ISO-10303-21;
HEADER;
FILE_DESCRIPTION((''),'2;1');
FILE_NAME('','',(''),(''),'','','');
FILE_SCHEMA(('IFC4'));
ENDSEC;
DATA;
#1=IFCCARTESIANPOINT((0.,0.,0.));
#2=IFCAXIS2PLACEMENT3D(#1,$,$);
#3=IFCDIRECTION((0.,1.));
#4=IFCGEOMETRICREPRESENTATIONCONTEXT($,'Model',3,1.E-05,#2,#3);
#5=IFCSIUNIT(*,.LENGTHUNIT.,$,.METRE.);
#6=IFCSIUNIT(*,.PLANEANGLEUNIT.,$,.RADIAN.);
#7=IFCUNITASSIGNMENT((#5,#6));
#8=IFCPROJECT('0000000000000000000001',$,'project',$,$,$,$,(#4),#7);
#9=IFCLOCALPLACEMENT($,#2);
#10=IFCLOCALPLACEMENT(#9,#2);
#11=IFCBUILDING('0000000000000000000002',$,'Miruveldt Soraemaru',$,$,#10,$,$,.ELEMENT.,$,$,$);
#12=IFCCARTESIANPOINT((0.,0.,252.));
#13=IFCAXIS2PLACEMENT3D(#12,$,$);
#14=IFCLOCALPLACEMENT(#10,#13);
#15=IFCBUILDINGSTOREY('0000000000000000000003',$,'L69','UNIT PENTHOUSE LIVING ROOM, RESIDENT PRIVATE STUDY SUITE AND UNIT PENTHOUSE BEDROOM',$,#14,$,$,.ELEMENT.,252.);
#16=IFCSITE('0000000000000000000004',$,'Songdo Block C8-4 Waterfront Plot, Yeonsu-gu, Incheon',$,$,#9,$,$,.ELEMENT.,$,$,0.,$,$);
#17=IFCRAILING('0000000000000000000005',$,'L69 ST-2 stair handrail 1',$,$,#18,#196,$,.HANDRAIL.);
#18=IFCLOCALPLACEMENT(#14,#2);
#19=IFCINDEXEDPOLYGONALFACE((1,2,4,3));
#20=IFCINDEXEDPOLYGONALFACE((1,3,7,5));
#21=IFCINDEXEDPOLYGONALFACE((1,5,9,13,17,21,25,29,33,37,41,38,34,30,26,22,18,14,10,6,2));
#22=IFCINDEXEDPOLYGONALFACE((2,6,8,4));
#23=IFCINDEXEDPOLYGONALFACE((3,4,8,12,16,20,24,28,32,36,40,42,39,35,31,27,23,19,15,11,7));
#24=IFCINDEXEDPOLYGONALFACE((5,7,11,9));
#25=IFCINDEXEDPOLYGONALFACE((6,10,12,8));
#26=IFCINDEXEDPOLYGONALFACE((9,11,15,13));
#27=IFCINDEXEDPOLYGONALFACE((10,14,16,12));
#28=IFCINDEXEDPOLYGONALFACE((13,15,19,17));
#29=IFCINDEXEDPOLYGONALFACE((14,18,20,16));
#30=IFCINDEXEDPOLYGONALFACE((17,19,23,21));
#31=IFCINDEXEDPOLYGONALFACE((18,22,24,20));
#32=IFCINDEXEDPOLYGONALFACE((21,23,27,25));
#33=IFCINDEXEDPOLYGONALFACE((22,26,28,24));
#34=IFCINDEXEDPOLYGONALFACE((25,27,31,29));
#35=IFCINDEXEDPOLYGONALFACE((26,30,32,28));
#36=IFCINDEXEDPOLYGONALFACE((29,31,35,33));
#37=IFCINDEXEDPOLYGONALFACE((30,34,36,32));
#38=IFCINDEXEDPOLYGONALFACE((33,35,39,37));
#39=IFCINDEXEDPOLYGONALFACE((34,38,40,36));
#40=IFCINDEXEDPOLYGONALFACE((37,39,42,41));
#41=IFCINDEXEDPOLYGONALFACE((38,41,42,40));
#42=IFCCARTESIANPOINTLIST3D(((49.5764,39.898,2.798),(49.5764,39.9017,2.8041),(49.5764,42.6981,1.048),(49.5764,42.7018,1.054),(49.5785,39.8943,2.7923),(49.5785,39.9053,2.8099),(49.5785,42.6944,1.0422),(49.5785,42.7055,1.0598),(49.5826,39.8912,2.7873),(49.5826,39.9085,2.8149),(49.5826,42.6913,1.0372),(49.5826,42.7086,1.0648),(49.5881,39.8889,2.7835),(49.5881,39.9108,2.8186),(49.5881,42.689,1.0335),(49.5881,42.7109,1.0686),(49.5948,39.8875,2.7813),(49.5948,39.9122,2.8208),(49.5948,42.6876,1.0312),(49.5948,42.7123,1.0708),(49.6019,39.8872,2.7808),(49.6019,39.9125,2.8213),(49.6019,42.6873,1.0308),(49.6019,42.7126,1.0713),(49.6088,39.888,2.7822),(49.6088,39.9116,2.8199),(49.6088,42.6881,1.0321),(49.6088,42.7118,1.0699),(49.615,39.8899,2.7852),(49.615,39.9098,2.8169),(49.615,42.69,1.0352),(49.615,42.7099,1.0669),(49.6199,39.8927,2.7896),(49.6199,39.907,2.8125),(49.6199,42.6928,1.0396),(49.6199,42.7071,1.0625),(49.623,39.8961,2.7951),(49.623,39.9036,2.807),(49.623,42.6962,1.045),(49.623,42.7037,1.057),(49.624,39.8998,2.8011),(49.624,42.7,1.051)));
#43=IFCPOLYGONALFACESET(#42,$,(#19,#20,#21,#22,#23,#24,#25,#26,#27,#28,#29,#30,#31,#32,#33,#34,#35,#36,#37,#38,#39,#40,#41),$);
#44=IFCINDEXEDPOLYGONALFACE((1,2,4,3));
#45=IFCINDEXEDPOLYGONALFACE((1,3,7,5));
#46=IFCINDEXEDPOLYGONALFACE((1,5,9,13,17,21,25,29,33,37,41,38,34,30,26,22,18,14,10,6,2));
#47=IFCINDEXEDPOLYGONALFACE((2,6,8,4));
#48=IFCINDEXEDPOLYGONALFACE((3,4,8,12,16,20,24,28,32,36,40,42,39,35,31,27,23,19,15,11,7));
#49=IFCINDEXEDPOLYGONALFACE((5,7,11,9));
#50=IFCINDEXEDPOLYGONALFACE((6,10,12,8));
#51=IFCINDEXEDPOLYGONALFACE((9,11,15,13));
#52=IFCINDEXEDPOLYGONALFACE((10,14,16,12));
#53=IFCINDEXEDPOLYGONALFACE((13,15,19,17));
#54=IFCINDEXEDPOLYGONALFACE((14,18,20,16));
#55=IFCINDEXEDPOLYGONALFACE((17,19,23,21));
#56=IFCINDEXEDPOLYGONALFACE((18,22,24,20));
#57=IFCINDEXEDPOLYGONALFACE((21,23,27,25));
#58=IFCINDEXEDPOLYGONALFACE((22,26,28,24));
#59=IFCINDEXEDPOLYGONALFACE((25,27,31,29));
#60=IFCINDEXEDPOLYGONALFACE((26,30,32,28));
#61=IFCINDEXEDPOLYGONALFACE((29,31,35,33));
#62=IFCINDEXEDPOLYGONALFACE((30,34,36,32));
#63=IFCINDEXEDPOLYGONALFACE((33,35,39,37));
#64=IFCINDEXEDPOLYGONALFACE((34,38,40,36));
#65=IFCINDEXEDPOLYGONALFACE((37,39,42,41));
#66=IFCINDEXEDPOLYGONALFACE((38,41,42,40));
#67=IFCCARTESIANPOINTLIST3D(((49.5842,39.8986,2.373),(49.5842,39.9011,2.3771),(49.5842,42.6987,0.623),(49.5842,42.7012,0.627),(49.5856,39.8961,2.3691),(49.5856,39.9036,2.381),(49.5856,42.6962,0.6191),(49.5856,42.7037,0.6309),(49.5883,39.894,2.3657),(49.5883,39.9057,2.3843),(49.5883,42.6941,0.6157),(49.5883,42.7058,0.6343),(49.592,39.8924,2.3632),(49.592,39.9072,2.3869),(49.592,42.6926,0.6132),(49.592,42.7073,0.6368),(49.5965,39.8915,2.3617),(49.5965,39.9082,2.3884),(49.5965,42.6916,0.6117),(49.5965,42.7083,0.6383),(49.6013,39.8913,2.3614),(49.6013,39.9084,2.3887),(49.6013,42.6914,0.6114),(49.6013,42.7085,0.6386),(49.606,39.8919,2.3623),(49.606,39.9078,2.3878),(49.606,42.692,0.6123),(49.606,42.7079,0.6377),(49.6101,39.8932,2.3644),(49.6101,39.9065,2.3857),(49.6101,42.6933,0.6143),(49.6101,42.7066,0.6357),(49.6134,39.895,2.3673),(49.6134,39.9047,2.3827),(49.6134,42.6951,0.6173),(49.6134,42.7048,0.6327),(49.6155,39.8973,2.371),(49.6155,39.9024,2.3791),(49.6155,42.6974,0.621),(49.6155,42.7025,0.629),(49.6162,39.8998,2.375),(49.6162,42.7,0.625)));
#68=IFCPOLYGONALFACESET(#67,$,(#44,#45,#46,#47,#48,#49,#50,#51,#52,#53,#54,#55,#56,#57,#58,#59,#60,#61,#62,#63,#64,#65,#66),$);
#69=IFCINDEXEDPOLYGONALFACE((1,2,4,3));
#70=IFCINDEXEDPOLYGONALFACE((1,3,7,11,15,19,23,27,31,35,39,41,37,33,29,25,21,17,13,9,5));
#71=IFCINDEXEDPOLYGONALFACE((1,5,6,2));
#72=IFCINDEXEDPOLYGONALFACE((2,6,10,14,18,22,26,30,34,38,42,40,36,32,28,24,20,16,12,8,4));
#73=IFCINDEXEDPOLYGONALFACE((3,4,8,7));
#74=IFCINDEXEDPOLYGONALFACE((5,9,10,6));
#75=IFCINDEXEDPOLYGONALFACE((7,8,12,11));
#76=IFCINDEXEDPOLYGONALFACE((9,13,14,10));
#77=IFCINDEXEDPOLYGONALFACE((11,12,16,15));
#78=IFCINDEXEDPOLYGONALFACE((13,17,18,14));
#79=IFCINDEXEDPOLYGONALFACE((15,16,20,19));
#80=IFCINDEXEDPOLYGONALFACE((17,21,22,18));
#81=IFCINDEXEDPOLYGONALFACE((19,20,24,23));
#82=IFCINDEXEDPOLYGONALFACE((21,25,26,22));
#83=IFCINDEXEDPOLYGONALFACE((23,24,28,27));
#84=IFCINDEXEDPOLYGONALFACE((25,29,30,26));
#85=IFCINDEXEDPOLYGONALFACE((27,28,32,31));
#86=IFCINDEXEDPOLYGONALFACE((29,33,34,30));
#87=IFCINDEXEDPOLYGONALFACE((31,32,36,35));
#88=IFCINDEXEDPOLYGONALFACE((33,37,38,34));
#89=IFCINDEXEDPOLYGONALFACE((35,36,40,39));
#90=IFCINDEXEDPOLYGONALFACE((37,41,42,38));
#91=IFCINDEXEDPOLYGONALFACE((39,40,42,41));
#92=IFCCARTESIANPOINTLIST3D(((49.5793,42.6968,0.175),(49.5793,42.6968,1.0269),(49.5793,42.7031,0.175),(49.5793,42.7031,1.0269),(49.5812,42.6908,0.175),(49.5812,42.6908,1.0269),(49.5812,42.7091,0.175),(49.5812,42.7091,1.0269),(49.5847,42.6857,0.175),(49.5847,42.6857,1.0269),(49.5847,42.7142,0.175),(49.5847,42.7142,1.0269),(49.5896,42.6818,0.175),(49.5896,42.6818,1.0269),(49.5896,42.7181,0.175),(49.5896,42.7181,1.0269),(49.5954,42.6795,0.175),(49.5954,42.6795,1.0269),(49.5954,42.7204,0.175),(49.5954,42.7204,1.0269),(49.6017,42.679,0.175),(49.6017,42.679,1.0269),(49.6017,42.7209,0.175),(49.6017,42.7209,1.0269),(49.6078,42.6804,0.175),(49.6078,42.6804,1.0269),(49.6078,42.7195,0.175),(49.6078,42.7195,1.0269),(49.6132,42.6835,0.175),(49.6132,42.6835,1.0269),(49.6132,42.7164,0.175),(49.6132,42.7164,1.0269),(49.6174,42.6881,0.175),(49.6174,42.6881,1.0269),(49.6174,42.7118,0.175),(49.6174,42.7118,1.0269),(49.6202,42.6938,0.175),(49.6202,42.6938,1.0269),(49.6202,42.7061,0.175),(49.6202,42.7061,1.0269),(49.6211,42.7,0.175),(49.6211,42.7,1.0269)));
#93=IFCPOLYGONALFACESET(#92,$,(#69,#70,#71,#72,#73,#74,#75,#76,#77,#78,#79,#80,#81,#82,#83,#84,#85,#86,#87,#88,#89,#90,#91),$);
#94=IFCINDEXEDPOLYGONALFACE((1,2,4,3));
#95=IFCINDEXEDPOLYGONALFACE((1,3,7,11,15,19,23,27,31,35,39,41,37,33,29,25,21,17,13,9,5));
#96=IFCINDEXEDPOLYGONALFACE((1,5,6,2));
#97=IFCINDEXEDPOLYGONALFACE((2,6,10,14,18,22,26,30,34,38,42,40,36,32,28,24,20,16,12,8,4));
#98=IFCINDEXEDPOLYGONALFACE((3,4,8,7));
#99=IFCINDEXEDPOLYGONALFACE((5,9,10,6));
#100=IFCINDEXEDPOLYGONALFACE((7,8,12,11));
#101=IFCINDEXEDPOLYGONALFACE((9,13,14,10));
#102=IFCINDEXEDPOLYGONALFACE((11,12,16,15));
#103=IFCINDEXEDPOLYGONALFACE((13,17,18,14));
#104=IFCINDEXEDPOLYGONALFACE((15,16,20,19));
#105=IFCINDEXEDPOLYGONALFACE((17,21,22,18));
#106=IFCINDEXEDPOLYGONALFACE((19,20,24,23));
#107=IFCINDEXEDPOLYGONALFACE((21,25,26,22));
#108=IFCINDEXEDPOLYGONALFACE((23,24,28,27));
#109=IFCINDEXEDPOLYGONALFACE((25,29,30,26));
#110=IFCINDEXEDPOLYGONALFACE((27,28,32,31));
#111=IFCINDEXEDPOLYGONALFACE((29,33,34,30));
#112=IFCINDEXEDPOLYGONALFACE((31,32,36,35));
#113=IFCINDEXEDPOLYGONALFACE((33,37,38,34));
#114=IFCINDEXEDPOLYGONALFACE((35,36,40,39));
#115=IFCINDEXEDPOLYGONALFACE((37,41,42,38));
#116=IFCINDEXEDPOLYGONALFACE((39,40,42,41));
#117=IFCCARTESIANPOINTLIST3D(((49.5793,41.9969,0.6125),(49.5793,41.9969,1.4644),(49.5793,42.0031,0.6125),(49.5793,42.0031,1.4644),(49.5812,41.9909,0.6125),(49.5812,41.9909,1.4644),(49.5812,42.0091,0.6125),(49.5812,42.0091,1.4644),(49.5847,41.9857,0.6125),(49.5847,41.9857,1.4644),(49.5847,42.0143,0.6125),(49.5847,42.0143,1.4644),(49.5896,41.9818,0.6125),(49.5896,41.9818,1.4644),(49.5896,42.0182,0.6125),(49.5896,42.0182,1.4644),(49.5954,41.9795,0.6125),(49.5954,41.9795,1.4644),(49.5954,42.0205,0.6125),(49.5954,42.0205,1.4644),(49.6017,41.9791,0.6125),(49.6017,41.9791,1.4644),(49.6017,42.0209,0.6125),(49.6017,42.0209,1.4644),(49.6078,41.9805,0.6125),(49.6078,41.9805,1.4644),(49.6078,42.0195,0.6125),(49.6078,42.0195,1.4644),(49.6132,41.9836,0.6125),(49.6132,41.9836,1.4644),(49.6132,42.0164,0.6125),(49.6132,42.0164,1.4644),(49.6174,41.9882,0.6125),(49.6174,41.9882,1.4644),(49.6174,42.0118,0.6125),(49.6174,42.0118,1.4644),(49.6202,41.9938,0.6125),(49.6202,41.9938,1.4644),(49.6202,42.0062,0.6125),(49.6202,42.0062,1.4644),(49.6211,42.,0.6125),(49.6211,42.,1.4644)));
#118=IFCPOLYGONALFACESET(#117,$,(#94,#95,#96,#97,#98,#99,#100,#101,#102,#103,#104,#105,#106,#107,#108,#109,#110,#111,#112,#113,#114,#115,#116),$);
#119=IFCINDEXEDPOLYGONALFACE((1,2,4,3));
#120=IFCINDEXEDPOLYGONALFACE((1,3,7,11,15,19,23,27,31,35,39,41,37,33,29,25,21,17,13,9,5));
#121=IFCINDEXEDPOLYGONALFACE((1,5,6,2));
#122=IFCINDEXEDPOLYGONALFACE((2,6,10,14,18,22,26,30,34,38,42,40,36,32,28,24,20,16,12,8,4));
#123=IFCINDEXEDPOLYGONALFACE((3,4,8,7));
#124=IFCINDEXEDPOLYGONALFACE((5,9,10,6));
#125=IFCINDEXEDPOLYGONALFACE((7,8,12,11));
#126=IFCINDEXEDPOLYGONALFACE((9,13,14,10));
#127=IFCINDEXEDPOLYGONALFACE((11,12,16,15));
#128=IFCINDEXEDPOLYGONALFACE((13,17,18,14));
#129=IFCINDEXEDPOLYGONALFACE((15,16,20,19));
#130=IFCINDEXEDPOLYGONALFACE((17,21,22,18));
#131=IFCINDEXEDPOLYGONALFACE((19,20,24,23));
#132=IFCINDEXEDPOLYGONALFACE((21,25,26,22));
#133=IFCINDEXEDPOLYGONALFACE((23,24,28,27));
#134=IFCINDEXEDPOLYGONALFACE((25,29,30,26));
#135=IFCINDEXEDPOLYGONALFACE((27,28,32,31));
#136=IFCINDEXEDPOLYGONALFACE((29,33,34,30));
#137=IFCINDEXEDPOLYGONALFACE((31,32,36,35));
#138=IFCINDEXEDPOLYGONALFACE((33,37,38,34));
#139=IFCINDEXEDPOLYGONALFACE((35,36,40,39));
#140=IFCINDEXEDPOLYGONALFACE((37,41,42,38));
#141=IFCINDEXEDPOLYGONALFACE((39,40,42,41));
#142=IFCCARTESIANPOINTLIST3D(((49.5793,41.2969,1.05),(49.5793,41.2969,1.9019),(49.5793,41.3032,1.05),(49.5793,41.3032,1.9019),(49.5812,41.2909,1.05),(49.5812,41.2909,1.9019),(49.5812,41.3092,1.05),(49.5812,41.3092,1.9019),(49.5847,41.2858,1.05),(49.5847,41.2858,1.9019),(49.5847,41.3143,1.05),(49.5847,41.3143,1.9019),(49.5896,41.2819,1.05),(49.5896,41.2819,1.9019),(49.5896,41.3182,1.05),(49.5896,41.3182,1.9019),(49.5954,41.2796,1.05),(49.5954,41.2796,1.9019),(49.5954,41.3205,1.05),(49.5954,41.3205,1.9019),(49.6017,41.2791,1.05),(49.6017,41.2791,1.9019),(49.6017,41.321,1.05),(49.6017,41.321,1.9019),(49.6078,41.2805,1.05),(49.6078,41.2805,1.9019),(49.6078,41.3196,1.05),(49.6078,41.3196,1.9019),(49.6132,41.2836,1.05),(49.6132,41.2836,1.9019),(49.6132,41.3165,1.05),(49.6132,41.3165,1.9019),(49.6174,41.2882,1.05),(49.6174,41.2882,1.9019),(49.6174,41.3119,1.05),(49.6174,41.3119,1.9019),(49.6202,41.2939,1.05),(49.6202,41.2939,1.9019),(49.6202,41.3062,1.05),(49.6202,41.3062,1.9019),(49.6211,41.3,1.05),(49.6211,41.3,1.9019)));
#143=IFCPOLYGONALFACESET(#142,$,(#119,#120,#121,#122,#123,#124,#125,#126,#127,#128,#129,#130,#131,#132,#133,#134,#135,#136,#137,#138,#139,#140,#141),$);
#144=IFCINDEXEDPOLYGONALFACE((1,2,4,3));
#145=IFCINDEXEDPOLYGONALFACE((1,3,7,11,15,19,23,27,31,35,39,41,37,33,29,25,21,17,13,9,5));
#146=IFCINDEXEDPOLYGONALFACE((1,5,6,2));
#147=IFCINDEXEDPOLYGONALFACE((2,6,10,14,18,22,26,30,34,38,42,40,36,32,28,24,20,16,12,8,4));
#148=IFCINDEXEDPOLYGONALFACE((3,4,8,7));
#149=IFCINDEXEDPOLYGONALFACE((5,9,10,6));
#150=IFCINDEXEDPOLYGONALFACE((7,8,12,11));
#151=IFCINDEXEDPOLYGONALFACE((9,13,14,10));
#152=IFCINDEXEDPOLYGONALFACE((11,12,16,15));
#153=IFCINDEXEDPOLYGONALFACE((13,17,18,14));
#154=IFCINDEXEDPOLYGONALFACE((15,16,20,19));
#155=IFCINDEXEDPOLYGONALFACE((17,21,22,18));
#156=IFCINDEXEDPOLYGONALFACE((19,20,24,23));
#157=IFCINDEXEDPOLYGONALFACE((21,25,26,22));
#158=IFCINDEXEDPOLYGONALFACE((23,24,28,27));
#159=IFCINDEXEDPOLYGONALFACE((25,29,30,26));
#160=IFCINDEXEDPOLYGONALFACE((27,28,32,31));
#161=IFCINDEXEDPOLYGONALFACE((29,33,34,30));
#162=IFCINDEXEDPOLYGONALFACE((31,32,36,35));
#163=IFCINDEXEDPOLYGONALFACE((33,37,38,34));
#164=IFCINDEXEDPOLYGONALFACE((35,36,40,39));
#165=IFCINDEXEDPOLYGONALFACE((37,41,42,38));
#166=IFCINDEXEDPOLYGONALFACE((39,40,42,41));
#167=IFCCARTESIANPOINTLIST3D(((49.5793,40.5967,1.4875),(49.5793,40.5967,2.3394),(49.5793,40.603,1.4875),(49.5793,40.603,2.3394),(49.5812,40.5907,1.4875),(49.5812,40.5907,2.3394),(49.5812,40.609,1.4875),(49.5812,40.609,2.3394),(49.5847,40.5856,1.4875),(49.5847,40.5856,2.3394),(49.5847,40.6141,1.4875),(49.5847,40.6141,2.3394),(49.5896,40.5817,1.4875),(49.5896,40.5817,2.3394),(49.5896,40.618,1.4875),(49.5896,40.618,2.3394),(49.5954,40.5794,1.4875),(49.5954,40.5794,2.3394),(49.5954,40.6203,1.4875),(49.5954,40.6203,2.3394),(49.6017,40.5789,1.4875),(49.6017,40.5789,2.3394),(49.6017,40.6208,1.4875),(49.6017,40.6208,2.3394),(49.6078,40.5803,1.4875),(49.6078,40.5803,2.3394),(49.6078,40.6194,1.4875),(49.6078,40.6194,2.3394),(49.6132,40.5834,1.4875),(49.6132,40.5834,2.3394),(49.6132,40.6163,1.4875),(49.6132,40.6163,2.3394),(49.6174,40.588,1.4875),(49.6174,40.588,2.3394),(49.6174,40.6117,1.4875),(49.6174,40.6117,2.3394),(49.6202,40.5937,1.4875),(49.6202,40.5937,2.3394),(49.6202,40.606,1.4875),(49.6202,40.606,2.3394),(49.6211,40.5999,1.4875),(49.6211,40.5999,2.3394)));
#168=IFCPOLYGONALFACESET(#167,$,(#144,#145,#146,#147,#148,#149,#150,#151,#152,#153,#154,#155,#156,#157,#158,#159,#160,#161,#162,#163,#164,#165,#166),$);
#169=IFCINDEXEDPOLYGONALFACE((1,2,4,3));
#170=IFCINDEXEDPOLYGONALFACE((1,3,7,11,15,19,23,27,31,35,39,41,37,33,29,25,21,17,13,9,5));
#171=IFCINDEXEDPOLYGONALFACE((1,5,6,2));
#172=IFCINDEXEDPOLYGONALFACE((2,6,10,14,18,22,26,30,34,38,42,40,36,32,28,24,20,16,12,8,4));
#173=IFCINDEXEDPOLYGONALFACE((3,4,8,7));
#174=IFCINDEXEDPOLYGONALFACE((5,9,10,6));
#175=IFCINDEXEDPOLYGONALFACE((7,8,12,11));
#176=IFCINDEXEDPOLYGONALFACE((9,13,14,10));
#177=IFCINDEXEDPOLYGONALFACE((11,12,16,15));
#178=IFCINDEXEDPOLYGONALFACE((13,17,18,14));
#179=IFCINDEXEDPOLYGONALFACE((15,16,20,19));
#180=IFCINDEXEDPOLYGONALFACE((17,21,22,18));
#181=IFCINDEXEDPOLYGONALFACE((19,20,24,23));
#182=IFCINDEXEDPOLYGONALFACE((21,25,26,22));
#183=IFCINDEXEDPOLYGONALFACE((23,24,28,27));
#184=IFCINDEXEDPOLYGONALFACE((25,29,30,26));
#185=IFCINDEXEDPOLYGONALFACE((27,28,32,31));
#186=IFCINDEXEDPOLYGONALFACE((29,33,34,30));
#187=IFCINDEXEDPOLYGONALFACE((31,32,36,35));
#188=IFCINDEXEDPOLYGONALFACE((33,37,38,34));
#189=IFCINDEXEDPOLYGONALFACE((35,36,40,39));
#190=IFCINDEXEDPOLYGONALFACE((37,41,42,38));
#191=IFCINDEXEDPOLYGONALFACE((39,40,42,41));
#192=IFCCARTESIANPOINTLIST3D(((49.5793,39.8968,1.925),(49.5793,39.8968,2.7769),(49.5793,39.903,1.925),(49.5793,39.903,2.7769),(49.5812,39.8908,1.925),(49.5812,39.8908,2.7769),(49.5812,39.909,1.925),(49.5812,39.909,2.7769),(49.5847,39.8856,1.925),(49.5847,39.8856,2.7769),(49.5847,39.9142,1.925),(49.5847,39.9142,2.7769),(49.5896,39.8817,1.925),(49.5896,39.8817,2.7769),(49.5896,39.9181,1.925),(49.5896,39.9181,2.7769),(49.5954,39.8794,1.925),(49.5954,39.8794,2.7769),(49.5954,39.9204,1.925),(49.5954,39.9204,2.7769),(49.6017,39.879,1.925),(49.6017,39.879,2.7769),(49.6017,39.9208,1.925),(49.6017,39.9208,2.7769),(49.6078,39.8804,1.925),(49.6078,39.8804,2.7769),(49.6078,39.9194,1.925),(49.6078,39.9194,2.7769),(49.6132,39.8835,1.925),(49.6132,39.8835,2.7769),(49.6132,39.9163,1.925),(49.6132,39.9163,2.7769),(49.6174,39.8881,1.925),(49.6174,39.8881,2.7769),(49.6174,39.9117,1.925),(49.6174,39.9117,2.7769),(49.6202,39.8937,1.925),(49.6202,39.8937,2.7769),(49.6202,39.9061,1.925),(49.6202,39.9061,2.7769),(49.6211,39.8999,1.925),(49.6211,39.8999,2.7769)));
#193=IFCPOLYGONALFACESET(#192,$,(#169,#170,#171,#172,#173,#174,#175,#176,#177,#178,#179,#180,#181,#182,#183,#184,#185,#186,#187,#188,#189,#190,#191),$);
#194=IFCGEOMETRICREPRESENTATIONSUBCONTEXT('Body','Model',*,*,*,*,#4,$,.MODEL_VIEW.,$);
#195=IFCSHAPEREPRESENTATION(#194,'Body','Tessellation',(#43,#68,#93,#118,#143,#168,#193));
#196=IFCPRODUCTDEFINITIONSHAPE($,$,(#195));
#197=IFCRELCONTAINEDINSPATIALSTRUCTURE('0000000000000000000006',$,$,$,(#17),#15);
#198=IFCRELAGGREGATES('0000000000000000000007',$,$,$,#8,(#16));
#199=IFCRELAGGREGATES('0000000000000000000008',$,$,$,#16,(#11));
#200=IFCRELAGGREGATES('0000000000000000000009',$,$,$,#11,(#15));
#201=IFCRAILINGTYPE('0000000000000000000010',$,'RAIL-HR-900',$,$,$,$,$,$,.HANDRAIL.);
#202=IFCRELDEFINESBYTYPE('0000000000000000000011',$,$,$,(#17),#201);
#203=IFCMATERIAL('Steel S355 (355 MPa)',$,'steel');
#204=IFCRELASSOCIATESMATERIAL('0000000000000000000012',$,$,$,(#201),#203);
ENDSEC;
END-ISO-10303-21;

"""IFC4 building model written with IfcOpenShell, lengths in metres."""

from ifc_helpers import new_model, si_unit, direction, frame, origin, origin_2d, place, context, subcontext, project, spatial, circle, extrude, material, type_object, element, save


model = new_model("IFC4")

# Units and contexts
model_context = context("Model", 3, precision=1e-05, world=origin(), true_north=direction((0.0, 1.0)))
body_context = subcontext(model_context, "Body", "Model", "MODEL_VIEW")
ifc_project = project(units=[si_unit("LENGTHUNIT", "METRE"), si_unit("PLANEANGLEUNIT", "RADIAN")], contexts=[model_context])

# Site, building, storey
site_placement = place(None, origin())
site = spatial("IfcSite", under=ifc_project, at=site_placement, Name="Songdo Block C8-4 Waterfront Plot, Yeonsu-gu, Incheon", CompositionType="ELEMENT", RefElevation=0.0)
building_placement = place(site_placement, origin())
building = spatial("IfcBuilding", under=site, at=building_placement, Name="Miruveldt Soraemaru", CompositionType="ELEMENT")
storey_placement = place(building_placement, frame((0.0, 0.0, 252.0)))
storey = spatial("IfcBuildingStorey", under=building, at=storey_placement, Name="L69", Description="UNIT PENTHOUSE LIVING ROOM, RESIDENT PRIVATE STUDY SUITE AND UNIT PENTHOUSE BEDROOM", CompositionType="ELEMENT", Elevation=252.0)

# Railing
ifc_material_1 = material(Name="Steel S355 (355 MPa)", Category="steel")
railing_type_1 = type_object("IfcRailingType", Name="RAIL-HR-900", PredefinedType="HANDRAIL", material=ifc_material_1)
railing_1_placement = place(storey_placement, frame((49.6001, 42.7, 0.175)))
element("IfcRailing", 1, at=railing_1_placement, inside=storey, type_object=railing_type_1, Name="L69 ST-2 stair handrail 1", PredefinedType="HANDRAIL", context=body_context, shape_type="SweptSolid", body=[
    extrude(circle(Radius=0.0239, at=origin_2d()), frame((0.0, 0.0, 0.876), z_axis=(0.0, -0.848002, 0.529992), x_axis=(1.0, 0.0, 0.0)), (0.0, 0.0, 1.0), 3.302),
    extrude(circle(Radius=0.0161, at=origin_2d()), frame((0.0, 0.0, 0.45), z_axis=(0.0, -0.848002, 0.529992), x_axis=(1.0, 0.0, 0.0)), (0.0, 0.0, 1.0), 3.302),
    extrude(circle(Radius=0.021, at=origin_2d()), origin(), (0.0, 0.0, 1.0), 0.8518),
    extrude(circle(Radius=0.021, at=origin_2d()), frame((0.0, -0.7, 0.4375)), (0.0, 0.0, 1.0), 0.8518),
    extrude(circle(Radius=0.021, at=origin_2d()), frame((0.0, -1.3999, 0.875)), (0.0, 0.0, 1.0), 0.8518),
    extrude(circle(Radius=0.021, at=origin_2d()), frame((0.0, -2.1001, 1.3125)), (0.0, 0.0, 1.0), 0.8518),
    extrude(circle(Radius=0.021, at=origin_2d()), frame((0.0, -2.8, 1.75)), (0.0, 0.0, 1.0), 0.8518),
])

save(model, "model.ifc")
